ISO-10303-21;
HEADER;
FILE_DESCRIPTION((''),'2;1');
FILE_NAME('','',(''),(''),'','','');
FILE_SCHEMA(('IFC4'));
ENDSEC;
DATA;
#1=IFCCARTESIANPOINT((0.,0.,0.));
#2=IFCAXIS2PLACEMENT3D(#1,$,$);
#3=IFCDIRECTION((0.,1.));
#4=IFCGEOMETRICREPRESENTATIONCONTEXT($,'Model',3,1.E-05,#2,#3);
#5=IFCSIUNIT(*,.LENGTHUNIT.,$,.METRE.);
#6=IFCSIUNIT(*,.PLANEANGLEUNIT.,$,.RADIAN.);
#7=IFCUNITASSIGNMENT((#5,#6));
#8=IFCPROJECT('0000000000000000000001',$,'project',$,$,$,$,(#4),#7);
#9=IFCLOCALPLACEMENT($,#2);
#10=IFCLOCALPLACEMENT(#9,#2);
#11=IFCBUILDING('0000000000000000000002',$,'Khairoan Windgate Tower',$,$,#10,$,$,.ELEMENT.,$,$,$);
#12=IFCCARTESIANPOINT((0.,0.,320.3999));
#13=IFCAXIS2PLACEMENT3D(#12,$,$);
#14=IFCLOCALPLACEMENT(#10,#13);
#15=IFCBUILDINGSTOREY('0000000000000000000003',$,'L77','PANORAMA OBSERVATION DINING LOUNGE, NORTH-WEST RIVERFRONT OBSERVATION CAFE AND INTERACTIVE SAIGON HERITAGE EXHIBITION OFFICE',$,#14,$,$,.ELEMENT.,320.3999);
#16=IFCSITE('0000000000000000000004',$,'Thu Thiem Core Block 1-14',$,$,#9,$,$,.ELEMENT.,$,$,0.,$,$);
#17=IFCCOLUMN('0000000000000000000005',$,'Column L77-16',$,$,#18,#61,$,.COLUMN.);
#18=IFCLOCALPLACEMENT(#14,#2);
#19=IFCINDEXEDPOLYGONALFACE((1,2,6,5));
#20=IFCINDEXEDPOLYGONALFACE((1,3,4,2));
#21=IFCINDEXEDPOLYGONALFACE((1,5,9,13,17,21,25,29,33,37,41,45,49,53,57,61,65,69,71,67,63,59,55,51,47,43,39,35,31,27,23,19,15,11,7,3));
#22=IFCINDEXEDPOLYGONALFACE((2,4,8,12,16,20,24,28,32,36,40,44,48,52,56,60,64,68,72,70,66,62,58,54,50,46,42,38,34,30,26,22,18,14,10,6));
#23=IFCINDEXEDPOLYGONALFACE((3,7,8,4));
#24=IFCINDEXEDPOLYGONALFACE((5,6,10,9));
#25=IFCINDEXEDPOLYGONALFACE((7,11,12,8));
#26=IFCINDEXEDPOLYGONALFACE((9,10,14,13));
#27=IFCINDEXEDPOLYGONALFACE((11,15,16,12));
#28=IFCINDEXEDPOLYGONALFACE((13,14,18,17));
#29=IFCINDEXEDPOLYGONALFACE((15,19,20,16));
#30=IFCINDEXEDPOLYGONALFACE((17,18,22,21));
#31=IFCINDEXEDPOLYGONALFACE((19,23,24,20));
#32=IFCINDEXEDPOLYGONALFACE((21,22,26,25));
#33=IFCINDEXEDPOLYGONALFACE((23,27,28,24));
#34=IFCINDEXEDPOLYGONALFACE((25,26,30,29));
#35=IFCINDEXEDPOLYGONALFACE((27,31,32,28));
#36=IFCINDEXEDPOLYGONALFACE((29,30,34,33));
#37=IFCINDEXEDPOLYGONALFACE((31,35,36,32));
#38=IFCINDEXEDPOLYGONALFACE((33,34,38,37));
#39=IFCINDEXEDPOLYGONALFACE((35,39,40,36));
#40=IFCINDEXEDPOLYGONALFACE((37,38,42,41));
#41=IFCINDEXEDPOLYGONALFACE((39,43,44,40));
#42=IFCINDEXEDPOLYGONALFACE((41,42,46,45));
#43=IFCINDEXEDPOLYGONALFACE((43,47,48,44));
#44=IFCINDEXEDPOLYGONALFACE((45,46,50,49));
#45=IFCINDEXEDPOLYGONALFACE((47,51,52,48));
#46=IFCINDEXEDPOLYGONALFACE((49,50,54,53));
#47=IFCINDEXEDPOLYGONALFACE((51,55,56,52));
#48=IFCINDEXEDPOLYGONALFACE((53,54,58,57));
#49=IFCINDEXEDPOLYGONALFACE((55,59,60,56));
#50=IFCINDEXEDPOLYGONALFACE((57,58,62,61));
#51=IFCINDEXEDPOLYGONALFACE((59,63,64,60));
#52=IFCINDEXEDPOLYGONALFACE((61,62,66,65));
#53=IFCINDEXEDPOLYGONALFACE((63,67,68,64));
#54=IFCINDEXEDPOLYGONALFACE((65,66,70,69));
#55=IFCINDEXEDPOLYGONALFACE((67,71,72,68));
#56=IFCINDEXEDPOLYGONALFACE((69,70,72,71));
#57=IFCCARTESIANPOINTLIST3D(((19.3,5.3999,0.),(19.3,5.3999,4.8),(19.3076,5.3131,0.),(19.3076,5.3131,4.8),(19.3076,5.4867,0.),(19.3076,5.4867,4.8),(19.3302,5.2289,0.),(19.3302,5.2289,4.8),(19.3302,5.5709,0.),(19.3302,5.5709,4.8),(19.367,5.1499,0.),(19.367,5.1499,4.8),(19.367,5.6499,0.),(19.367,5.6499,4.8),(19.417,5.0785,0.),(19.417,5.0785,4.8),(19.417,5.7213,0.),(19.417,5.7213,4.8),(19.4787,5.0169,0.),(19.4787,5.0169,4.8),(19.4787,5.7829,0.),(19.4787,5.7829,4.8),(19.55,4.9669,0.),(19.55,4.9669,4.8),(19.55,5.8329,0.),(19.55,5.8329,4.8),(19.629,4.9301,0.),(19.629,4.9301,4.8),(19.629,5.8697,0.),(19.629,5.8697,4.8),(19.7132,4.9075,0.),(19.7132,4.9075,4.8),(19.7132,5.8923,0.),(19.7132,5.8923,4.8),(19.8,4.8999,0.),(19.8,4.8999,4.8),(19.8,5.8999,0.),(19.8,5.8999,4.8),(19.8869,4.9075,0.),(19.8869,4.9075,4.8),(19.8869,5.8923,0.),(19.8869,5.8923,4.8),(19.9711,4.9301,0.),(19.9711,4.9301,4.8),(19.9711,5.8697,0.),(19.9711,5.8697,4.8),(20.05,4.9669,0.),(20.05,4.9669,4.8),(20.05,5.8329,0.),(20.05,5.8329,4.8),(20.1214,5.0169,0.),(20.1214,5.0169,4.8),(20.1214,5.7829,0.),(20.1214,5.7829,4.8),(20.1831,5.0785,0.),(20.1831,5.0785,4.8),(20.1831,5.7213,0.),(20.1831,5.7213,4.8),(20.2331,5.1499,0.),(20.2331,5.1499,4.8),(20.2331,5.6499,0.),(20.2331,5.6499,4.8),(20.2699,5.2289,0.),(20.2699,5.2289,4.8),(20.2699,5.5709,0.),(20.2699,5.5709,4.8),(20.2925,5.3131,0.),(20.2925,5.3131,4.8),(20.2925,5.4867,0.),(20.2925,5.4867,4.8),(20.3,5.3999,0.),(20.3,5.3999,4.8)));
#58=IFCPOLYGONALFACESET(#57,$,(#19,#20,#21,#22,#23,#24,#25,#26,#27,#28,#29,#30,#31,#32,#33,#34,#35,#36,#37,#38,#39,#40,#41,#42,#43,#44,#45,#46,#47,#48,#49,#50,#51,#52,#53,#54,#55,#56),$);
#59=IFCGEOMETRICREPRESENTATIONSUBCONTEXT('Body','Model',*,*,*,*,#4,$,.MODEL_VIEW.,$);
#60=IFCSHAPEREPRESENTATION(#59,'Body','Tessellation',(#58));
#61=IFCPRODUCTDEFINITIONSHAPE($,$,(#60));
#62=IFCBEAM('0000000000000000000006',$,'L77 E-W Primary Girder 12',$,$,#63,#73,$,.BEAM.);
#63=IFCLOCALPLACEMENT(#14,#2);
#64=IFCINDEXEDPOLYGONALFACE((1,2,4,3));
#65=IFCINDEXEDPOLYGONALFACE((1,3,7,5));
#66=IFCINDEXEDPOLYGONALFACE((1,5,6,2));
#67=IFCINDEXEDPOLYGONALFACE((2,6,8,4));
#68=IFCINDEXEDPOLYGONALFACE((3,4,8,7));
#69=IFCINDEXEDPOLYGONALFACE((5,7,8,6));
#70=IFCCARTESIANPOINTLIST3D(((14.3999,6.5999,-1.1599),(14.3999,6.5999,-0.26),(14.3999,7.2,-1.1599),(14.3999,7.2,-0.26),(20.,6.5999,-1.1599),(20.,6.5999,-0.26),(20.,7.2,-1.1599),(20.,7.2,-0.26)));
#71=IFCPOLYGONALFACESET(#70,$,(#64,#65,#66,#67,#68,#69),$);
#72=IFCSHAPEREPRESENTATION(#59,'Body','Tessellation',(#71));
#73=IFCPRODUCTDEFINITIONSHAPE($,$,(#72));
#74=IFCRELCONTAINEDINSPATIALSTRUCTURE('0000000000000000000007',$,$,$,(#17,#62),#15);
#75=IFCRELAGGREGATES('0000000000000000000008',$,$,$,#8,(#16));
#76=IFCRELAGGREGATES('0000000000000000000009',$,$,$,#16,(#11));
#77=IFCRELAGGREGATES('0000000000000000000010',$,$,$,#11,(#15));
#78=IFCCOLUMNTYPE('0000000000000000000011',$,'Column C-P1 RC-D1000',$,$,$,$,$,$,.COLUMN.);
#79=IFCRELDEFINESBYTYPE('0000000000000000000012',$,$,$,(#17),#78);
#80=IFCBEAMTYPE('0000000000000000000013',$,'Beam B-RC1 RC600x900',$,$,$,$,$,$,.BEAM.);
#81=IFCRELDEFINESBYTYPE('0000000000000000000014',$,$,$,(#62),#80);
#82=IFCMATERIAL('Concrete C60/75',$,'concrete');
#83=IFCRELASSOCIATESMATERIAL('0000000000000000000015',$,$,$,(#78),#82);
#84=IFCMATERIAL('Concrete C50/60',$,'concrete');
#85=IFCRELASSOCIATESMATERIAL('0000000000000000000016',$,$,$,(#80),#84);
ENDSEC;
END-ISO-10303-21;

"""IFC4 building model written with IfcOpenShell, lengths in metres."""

from ifc_helpers import new_model, si_unit, direction, frame, origin, origin_2d, place, context, subcontext, project, spatial, rectangle, circle, extrude, material, material_profile, profile_set, type_object, element, save


model = new_model("IFC4")

# Units and contexts
model_context = context("Model", 3, precision=1e-05, world=origin(), true_north=direction((0.0, 1.0)))
body_context = subcontext(model_context, "Body", "Model", "MODEL_VIEW")
ifc_project = project(units=[si_unit("LENGTHUNIT", "METRE"), si_unit("PLANEANGLEUNIT", "RADIAN")], contexts=[model_context])

# Site, building, storey
site_placement = place(None, origin())
site = spatial("IfcSite", under=ifc_project, at=site_placement, Name="Thu Thiem Core Block 1-14", CompositionType="ELEMENT", RefElevation=0.0)
building_placement = place(site_placement, origin())
building = spatial("IfcBuilding", under=site, at=building_placement, Name="Khairoan Windgate Tower", CompositionType="ELEMENT")
storey_placement = place(building_placement, frame((0.0, 0.0, 320.3999)))
storey = spatial("IfcBuildingStorey", under=building, at=storey_placement, Name="L77", Description="PANORAMA OBSERVATION DINING LOUNGE, NORTH-WEST RIVERFRONT OBSERVATION CAFE AND INTERACTIVE SAIGON HERITAGE EXHIBITION OFFICE", CompositionType="ELEMENT", Elevation=320.3999)

# Column
ifc_material_1 = material(Name="Concrete C60/75", Category="concrete")
ifc_material_profile_1 = material_profile(ifc_material_1, circle(Radius=0.5, at=origin_2d()))
ifc_profile_set_1 = profile_set([ifc_material_profile_1], Name="Concrete C60/75")
column_type = type_object("IfcColumnType", Name="Column C-P1 RC-D1000", PredefinedType="COLUMN", material=ifc_profile_set_1)
column_placement = place(storey_placement, frame((19.8, 5.3999, 0.0), z_axis=(0.0, 0.0, 1.0), x_axis=(1.0, 0.0, 0.0)))
element("IfcColumn", 1, at=column_placement, inside=storey, type_object=column_type, Name="Column L77-16", PredefinedType="COLUMN", context=body_context, shape_type="SweptSolid", body=[
    extrude(circle(Radius=0.5, at=origin_2d()), origin(), (0.0, 0.0, 1.0), 4.8),
])

# Beam
ifc_material_2 = material(Name="Concrete C50/60", Category="concrete")
ifc_material_profile_2 = material_profile(ifc_material_2, rectangle(XDim=0.6001, YDim=0.8999, at=origin_2d()))
ifc_profile_set_2 = profile_set([ifc_material_profile_2], Name="Concrete C50/60")
beam_type = type_object("IfcBeamType", Name="Beam B-RC1 RC600x900", PredefinedType="BEAM", material=ifc_profile_set_2)
beam_placement = place(storey_placement, frame((14.3999, 6.8999, -0.71), z_axis=(1.0, 0.0, 0.0), x_axis=(0.0, 1.0, 0.0)))
element("IfcBeam", 2, at=beam_placement, inside=storey, type_object=beam_type, Name="L77 E-W Primary Girder 12", PredefinedType="BEAM", context=body_context, shape_type="SweptSolid", body=[
    extrude(rectangle(XDim=0.6001, YDim=0.8999, at=origin_2d()), origin(), (0.0, 0.0, 1.0), 5.6001),
])

save(model, "model.ifc")
